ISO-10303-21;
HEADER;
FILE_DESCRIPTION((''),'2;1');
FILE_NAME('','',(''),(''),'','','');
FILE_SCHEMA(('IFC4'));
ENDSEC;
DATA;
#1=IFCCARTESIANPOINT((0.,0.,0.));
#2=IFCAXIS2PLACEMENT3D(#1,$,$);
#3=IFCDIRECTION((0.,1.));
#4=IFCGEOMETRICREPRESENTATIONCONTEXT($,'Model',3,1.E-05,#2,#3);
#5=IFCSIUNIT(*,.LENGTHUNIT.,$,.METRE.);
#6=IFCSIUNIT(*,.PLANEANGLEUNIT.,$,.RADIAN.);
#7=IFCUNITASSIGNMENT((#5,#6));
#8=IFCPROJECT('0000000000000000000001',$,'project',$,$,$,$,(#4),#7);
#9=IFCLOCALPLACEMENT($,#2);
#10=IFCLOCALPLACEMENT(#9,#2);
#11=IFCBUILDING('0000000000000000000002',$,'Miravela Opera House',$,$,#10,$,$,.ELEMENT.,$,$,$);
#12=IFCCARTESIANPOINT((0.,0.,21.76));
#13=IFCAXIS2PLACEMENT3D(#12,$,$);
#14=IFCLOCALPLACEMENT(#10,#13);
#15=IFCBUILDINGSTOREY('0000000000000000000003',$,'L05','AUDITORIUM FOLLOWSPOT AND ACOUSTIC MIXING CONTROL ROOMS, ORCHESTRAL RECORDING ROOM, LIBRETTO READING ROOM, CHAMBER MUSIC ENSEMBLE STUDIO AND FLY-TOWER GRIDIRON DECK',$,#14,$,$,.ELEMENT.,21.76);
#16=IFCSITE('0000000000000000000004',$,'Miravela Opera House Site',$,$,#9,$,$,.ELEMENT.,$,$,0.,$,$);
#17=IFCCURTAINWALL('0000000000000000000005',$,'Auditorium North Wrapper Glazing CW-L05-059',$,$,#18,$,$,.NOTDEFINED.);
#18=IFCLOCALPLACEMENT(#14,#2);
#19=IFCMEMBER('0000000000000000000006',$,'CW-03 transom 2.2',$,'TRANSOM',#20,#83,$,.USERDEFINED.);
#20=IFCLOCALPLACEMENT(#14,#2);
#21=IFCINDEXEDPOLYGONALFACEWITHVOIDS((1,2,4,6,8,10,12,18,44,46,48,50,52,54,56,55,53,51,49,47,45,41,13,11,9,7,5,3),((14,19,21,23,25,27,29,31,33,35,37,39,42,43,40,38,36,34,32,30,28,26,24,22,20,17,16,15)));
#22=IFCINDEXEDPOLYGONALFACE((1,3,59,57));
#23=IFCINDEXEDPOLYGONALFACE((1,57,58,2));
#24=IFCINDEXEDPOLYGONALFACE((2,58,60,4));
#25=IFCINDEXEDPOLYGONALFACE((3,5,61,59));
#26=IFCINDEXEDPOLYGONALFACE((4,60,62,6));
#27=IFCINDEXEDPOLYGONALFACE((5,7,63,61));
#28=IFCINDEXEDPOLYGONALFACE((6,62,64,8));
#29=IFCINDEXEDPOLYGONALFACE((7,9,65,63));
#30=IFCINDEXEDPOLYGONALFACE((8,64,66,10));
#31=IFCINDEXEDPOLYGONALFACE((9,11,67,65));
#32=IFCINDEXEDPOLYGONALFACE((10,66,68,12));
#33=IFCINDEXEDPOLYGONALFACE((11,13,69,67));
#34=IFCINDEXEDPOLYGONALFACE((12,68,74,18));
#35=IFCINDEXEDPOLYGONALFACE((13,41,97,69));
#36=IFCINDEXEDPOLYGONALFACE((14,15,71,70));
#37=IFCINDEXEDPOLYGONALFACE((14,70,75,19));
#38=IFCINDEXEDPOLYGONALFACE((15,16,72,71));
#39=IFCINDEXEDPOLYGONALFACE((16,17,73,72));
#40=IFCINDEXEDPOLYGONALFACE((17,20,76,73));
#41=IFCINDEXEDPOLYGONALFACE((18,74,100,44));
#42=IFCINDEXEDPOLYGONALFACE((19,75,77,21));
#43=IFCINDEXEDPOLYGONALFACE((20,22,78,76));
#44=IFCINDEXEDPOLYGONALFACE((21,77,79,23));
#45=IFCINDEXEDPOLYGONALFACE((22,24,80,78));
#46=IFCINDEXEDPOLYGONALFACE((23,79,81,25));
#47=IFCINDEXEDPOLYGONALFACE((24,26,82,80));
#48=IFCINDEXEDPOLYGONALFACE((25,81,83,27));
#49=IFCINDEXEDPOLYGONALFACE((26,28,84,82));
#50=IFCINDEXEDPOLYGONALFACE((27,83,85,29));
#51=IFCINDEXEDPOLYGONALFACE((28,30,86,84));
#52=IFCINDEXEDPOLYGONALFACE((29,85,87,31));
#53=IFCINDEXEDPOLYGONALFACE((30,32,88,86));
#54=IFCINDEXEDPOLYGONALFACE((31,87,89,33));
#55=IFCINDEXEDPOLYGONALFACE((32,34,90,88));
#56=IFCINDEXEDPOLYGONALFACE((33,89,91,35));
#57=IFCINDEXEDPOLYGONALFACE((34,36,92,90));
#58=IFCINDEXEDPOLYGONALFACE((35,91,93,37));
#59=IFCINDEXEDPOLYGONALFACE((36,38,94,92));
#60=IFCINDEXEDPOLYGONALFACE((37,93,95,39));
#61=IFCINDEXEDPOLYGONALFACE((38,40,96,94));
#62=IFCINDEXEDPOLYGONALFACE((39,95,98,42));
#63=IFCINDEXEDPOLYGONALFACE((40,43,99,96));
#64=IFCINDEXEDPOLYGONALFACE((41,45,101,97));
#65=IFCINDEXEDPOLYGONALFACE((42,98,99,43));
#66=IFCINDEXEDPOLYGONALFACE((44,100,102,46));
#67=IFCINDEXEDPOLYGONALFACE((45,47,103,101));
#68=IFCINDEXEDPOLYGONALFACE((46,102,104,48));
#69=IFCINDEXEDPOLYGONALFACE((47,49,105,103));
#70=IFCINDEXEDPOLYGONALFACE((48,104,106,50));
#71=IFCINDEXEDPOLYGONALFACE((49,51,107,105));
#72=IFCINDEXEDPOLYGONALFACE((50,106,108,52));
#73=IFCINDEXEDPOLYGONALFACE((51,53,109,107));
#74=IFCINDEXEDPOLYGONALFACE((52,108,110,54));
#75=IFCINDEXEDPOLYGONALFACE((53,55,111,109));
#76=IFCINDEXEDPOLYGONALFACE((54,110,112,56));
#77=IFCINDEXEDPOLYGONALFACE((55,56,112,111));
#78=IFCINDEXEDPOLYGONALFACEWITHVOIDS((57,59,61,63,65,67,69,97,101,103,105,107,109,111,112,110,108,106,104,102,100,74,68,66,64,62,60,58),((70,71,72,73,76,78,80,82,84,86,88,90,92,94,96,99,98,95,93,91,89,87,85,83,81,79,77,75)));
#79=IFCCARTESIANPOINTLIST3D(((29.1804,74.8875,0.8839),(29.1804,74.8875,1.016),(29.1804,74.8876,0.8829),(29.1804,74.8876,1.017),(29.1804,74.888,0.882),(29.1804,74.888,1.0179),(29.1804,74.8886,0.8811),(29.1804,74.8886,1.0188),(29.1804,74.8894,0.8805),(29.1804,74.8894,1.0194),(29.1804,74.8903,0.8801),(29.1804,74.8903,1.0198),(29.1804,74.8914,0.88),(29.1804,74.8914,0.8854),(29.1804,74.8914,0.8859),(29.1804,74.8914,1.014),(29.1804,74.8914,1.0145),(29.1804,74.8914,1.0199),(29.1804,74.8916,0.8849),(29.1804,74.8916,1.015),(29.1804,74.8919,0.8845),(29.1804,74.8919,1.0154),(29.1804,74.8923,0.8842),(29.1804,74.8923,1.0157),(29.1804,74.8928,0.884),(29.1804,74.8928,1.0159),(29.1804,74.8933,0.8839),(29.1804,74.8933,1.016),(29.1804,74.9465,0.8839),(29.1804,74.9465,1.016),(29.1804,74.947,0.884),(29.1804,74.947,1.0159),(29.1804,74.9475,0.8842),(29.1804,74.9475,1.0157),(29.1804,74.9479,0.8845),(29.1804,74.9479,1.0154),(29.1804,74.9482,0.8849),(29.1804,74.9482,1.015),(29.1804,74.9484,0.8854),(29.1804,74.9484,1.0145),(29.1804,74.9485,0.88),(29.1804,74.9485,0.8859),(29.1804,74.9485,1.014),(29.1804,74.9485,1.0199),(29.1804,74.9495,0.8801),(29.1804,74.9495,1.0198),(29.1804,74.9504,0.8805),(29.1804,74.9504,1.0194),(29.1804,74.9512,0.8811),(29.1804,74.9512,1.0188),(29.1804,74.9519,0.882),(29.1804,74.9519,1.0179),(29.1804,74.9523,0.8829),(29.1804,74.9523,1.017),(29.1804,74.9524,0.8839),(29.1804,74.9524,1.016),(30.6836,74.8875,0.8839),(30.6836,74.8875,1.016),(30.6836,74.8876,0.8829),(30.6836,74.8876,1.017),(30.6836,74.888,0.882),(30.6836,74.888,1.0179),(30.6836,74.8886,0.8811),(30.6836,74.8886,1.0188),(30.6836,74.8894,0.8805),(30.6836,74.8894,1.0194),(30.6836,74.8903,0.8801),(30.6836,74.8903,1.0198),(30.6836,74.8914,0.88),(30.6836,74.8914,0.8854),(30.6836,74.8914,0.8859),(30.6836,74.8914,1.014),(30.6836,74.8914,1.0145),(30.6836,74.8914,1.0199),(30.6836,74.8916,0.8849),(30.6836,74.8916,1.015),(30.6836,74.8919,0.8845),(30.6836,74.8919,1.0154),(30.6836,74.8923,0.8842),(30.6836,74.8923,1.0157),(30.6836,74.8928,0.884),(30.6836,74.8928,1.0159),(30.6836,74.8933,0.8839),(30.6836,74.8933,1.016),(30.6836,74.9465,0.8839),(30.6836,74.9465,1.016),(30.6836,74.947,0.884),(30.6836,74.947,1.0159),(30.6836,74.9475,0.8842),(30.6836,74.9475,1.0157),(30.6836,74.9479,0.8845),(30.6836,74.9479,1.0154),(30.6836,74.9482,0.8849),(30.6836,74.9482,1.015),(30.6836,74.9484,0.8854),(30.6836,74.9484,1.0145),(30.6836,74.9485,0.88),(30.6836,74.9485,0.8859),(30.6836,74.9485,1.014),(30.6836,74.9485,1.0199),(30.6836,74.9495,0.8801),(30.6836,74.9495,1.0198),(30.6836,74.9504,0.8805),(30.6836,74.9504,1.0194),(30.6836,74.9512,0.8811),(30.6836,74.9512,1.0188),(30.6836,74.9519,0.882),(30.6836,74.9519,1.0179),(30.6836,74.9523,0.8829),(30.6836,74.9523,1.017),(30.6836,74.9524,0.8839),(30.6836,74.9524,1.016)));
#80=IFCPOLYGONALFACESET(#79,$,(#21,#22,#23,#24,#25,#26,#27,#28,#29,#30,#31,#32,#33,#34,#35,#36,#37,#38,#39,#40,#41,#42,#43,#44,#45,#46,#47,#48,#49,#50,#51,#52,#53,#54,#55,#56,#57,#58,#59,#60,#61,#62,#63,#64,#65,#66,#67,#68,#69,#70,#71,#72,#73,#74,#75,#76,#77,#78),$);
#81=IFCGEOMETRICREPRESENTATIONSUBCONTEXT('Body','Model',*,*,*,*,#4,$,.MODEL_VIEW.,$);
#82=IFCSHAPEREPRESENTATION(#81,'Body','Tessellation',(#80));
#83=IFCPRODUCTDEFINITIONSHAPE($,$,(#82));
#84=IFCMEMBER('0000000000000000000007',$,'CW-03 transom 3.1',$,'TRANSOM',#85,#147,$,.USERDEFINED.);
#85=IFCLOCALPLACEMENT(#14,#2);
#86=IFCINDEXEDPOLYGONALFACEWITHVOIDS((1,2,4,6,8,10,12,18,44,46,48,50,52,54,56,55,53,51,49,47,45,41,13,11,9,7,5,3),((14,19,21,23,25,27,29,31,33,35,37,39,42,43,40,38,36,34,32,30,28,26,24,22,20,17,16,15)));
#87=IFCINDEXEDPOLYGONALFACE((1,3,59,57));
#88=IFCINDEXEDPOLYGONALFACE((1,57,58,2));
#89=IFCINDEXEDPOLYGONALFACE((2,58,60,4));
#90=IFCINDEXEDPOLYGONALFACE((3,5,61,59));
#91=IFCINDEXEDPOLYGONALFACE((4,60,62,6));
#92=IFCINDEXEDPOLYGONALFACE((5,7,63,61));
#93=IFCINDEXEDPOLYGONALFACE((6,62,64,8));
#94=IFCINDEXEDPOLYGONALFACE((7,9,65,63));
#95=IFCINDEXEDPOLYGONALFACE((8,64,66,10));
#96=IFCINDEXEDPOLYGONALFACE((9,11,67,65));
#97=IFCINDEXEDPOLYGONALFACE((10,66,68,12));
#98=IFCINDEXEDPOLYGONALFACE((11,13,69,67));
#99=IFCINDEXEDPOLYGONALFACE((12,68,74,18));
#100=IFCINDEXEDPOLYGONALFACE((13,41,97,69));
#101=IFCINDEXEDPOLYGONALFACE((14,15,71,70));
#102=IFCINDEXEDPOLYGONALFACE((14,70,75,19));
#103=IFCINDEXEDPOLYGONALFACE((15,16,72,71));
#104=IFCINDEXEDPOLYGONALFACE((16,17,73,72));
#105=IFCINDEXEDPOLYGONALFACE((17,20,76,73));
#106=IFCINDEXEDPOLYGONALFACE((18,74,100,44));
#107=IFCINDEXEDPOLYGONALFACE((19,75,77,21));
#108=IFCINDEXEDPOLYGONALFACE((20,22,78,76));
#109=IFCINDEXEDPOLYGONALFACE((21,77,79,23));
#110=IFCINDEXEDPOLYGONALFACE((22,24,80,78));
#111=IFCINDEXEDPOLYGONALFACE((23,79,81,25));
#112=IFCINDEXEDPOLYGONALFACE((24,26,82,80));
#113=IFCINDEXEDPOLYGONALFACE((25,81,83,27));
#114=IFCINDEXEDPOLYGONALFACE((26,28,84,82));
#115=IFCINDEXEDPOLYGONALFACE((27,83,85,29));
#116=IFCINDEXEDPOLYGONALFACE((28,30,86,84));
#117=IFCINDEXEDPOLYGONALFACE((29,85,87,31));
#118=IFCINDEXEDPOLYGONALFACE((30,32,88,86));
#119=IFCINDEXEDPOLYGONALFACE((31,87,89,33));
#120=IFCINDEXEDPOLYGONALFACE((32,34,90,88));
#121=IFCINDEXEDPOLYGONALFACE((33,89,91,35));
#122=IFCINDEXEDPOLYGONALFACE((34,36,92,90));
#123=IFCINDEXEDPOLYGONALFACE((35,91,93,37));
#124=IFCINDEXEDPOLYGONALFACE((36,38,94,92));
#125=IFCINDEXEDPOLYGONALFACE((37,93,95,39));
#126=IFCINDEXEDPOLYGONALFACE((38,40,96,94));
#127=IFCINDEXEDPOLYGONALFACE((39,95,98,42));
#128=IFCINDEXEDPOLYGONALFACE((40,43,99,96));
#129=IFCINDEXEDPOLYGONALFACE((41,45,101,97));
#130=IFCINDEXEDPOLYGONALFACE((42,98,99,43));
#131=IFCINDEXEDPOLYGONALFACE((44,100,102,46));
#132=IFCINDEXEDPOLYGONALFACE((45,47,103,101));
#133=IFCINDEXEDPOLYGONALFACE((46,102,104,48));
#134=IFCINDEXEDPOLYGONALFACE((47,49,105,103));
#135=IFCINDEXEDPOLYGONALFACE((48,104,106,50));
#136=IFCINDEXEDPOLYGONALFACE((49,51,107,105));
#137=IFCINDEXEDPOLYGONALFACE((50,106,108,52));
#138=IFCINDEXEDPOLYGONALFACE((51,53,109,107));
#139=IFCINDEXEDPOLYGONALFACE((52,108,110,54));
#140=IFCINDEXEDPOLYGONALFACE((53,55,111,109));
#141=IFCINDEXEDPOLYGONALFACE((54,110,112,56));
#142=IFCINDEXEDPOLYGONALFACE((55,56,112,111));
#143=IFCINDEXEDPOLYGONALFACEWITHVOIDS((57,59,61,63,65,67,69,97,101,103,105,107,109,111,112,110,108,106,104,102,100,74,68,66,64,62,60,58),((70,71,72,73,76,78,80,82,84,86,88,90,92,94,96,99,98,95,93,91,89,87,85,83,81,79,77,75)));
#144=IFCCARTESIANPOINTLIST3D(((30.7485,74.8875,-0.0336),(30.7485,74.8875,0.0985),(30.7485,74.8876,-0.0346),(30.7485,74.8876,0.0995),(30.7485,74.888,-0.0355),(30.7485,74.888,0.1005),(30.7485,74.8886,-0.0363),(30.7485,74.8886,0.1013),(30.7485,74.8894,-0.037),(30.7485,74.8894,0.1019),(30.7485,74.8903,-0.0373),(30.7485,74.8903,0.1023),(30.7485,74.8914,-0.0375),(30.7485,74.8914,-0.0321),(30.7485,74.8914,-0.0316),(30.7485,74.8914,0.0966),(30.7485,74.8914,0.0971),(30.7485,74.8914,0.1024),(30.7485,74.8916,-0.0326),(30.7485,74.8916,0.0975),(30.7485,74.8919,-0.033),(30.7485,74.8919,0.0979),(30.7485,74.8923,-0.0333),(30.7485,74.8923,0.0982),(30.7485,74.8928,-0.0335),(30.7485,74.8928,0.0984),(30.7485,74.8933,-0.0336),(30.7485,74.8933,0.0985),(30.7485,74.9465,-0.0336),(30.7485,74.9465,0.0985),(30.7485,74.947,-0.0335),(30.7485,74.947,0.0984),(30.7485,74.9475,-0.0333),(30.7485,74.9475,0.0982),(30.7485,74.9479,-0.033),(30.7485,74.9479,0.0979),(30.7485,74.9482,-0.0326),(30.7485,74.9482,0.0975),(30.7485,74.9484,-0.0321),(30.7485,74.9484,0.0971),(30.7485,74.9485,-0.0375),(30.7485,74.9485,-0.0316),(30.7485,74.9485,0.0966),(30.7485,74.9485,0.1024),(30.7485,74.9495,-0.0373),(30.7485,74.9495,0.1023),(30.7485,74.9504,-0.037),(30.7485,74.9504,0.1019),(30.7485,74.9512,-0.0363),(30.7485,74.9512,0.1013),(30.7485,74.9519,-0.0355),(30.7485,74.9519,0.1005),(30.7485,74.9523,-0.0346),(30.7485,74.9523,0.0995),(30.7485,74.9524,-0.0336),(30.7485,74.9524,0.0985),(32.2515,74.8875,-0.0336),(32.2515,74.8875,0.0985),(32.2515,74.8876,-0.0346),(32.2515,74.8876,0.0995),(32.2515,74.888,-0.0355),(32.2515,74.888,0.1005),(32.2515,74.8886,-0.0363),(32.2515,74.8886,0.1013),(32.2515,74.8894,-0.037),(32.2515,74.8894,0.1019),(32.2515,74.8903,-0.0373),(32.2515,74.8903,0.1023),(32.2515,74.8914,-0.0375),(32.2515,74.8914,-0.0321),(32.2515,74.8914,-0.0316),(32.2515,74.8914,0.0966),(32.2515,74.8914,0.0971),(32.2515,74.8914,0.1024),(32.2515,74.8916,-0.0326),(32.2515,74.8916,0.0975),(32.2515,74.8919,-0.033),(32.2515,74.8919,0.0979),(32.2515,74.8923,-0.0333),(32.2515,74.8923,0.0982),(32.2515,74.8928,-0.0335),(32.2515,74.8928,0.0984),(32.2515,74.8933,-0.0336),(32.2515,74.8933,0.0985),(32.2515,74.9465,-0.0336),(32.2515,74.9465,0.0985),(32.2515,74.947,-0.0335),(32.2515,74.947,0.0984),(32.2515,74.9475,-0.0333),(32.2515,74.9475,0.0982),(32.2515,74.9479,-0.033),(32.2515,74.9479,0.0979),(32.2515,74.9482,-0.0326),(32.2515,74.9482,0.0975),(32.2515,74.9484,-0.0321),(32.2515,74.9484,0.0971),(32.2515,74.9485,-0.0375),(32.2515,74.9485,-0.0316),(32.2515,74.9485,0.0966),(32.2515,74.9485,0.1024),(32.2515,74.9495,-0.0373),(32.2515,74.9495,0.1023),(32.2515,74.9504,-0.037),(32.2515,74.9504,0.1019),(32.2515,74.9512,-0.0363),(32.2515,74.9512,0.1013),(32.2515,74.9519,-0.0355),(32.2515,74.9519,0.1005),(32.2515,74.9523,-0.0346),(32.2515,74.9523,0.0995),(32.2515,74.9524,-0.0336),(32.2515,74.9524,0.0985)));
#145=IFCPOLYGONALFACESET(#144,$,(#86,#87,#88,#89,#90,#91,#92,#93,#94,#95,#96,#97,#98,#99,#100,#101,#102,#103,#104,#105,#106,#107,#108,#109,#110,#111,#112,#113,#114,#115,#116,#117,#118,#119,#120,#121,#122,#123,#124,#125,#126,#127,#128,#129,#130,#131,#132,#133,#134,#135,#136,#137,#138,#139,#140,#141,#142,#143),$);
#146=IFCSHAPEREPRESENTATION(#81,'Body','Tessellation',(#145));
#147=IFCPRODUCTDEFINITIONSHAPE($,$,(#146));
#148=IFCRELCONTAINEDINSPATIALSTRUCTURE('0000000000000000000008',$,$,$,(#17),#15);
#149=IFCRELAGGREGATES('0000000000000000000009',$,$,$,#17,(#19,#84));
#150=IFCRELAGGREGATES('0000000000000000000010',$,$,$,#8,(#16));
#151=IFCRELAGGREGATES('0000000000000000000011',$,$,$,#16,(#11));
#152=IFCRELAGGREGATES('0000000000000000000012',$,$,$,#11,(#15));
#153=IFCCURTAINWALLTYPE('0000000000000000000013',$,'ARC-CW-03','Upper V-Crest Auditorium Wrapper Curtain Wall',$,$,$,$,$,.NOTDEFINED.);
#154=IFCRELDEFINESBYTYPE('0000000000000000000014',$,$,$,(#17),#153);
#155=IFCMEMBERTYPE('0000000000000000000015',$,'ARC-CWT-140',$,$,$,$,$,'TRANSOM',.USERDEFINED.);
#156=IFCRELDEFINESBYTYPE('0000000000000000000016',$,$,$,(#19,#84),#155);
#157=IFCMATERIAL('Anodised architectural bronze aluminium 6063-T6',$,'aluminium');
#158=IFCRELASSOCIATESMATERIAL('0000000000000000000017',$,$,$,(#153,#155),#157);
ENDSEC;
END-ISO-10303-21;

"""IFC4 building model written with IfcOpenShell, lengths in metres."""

from ifc_helpers import new_model, si_unit, direction, frame, origin, origin_2d, place, context, subcontext, project, spatial, hollow_rectangle, extrude, material, material_profile, profile_set, type_object, element, aggregate, save


model = new_model("IFC4")

# Units and contexts
model_context = context("Model", 3, precision=1e-05, world=origin(), true_north=direction((0.0, 1.0)))
body_context = subcontext(model_context, "Body", "Model", "MODEL_VIEW")
ifc_project = project(units=[si_unit("LENGTHUNIT", "METRE"), si_unit("PLANEANGLEUNIT", "RADIAN")], contexts=[model_context])

# Site, building, storey
site_placement = place(None, origin())
site = spatial("IfcSite", under=ifc_project, at=site_placement, Name="Miravela Opera House Site", CompositionType="ELEMENT", RefElevation=0.0)
building_placement = place(site_placement, origin())
building = spatial("IfcBuilding", under=site, at=building_placement, Name="Miravela Opera House", CompositionType="ELEMENT")
storey_placement = place(building_placement, frame((0.0, 0.0, 21.76)))
storey = spatial("IfcBuildingStorey", under=building, at=storey_placement, Name="L05", Description="AUDITORIUM FOLLOWSPOT AND ACOUSTIC MIXING CONTROL ROOMS, ORCHESTRAL RECORDING ROOM, LIBRETTO READING ROOM, CHAMBER MUSIC ENSEMBLE STUDIO AND FLY-TOWER GRIDIRON DECK", CompositionType="ELEMENT", Elevation=21.76)

# Curtain wall, members
ifc_material_1 = material(Name="Anodised architectural bronze aluminium 6063-T6", Category="aluminium")
curtain_wall_type = type_object("IfcCurtainWallType", Name="ARC-CW-03", Description="Upper V-Crest Auditorium Wrapper Curtain Wall", PredefinedType="NOTDEFINED", material=ifc_material_1)
curtain_wall_placement = place(storey_placement, origin())
curtain_wall = element("IfcCurtainWall", 1, at=curtain_wall_placement, inside=storey, type_object=curtain_wall_type, Name="Auditorium North Wrapper Glazing CW-L05-059", PredefinedType="NOTDEFINED")
ifc_material_profile_1 = material_profile(ifc_material_1, hollow_rectangle(XDim=0.0649, YDim=0.1399, WallThickness=0.0039, InnerFilletRadius=0.002, OuterFilletRadius=0.0039, at=origin_2d()), Name="CWT-65X140")
ifc_profile_set_1 = profile_set([ifc_material_profile_1])
member_type_1 = type_object("IfcMemberType", Name="ARC-CWT-140", ElementType="TRANSOM", PredefinedType="USERDEFINED", material=ifc_profile_set_1)
member_1_placement = place(storey_placement, frame((29.1804, 74.9199, 0.95), z_axis=(1.0, 0.0, 0.0), x_axis=(0.0, 1.0, 0.0)))
member_1 = element("IfcMember", 2, at=member_1_placement, type_object=member_type_1, Name="CW-03 transom 2.2", ObjectType="TRANSOM", PredefinedType="USERDEFINED", context=body_context, shape_type="SweptSolid", body=[
    extrude(hollow_rectangle(XDim=0.0649, YDim=0.1399, WallThickness=0.0039, InnerFilletRadius=0.002, OuterFilletRadius=0.0039, at=origin_2d()), origin(), (0.0, 0.0, 1.0), 1.5032),
])
member_2_placement = place(storey_placement, frame((30.7485, 74.9199, 0.0325), z_axis=(1.0, 0.0, 0.0), x_axis=(0.0, 1.0, 0.0)))
member_2 = element("IfcMember", 3, at=member_2_placement, type_object=member_type_1, Name="CW-03 transom 3.1", ObjectType="TRANSOM", PredefinedType="USERDEFINED", context=body_context, shape_type="SweptSolid", body=[
    extrude(hollow_rectangle(XDim=0.0649, YDim=0.1399, WallThickness=0.0039, InnerFilletRadius=0.002, OuterFilletRadius=0.0039, at=origin_2d()), origin(), (0.0, 0.0, 1.0), 1.5029),
])

aggregate(curtain_wall, [member_1, member_2])

save(model, "model.ifc")
